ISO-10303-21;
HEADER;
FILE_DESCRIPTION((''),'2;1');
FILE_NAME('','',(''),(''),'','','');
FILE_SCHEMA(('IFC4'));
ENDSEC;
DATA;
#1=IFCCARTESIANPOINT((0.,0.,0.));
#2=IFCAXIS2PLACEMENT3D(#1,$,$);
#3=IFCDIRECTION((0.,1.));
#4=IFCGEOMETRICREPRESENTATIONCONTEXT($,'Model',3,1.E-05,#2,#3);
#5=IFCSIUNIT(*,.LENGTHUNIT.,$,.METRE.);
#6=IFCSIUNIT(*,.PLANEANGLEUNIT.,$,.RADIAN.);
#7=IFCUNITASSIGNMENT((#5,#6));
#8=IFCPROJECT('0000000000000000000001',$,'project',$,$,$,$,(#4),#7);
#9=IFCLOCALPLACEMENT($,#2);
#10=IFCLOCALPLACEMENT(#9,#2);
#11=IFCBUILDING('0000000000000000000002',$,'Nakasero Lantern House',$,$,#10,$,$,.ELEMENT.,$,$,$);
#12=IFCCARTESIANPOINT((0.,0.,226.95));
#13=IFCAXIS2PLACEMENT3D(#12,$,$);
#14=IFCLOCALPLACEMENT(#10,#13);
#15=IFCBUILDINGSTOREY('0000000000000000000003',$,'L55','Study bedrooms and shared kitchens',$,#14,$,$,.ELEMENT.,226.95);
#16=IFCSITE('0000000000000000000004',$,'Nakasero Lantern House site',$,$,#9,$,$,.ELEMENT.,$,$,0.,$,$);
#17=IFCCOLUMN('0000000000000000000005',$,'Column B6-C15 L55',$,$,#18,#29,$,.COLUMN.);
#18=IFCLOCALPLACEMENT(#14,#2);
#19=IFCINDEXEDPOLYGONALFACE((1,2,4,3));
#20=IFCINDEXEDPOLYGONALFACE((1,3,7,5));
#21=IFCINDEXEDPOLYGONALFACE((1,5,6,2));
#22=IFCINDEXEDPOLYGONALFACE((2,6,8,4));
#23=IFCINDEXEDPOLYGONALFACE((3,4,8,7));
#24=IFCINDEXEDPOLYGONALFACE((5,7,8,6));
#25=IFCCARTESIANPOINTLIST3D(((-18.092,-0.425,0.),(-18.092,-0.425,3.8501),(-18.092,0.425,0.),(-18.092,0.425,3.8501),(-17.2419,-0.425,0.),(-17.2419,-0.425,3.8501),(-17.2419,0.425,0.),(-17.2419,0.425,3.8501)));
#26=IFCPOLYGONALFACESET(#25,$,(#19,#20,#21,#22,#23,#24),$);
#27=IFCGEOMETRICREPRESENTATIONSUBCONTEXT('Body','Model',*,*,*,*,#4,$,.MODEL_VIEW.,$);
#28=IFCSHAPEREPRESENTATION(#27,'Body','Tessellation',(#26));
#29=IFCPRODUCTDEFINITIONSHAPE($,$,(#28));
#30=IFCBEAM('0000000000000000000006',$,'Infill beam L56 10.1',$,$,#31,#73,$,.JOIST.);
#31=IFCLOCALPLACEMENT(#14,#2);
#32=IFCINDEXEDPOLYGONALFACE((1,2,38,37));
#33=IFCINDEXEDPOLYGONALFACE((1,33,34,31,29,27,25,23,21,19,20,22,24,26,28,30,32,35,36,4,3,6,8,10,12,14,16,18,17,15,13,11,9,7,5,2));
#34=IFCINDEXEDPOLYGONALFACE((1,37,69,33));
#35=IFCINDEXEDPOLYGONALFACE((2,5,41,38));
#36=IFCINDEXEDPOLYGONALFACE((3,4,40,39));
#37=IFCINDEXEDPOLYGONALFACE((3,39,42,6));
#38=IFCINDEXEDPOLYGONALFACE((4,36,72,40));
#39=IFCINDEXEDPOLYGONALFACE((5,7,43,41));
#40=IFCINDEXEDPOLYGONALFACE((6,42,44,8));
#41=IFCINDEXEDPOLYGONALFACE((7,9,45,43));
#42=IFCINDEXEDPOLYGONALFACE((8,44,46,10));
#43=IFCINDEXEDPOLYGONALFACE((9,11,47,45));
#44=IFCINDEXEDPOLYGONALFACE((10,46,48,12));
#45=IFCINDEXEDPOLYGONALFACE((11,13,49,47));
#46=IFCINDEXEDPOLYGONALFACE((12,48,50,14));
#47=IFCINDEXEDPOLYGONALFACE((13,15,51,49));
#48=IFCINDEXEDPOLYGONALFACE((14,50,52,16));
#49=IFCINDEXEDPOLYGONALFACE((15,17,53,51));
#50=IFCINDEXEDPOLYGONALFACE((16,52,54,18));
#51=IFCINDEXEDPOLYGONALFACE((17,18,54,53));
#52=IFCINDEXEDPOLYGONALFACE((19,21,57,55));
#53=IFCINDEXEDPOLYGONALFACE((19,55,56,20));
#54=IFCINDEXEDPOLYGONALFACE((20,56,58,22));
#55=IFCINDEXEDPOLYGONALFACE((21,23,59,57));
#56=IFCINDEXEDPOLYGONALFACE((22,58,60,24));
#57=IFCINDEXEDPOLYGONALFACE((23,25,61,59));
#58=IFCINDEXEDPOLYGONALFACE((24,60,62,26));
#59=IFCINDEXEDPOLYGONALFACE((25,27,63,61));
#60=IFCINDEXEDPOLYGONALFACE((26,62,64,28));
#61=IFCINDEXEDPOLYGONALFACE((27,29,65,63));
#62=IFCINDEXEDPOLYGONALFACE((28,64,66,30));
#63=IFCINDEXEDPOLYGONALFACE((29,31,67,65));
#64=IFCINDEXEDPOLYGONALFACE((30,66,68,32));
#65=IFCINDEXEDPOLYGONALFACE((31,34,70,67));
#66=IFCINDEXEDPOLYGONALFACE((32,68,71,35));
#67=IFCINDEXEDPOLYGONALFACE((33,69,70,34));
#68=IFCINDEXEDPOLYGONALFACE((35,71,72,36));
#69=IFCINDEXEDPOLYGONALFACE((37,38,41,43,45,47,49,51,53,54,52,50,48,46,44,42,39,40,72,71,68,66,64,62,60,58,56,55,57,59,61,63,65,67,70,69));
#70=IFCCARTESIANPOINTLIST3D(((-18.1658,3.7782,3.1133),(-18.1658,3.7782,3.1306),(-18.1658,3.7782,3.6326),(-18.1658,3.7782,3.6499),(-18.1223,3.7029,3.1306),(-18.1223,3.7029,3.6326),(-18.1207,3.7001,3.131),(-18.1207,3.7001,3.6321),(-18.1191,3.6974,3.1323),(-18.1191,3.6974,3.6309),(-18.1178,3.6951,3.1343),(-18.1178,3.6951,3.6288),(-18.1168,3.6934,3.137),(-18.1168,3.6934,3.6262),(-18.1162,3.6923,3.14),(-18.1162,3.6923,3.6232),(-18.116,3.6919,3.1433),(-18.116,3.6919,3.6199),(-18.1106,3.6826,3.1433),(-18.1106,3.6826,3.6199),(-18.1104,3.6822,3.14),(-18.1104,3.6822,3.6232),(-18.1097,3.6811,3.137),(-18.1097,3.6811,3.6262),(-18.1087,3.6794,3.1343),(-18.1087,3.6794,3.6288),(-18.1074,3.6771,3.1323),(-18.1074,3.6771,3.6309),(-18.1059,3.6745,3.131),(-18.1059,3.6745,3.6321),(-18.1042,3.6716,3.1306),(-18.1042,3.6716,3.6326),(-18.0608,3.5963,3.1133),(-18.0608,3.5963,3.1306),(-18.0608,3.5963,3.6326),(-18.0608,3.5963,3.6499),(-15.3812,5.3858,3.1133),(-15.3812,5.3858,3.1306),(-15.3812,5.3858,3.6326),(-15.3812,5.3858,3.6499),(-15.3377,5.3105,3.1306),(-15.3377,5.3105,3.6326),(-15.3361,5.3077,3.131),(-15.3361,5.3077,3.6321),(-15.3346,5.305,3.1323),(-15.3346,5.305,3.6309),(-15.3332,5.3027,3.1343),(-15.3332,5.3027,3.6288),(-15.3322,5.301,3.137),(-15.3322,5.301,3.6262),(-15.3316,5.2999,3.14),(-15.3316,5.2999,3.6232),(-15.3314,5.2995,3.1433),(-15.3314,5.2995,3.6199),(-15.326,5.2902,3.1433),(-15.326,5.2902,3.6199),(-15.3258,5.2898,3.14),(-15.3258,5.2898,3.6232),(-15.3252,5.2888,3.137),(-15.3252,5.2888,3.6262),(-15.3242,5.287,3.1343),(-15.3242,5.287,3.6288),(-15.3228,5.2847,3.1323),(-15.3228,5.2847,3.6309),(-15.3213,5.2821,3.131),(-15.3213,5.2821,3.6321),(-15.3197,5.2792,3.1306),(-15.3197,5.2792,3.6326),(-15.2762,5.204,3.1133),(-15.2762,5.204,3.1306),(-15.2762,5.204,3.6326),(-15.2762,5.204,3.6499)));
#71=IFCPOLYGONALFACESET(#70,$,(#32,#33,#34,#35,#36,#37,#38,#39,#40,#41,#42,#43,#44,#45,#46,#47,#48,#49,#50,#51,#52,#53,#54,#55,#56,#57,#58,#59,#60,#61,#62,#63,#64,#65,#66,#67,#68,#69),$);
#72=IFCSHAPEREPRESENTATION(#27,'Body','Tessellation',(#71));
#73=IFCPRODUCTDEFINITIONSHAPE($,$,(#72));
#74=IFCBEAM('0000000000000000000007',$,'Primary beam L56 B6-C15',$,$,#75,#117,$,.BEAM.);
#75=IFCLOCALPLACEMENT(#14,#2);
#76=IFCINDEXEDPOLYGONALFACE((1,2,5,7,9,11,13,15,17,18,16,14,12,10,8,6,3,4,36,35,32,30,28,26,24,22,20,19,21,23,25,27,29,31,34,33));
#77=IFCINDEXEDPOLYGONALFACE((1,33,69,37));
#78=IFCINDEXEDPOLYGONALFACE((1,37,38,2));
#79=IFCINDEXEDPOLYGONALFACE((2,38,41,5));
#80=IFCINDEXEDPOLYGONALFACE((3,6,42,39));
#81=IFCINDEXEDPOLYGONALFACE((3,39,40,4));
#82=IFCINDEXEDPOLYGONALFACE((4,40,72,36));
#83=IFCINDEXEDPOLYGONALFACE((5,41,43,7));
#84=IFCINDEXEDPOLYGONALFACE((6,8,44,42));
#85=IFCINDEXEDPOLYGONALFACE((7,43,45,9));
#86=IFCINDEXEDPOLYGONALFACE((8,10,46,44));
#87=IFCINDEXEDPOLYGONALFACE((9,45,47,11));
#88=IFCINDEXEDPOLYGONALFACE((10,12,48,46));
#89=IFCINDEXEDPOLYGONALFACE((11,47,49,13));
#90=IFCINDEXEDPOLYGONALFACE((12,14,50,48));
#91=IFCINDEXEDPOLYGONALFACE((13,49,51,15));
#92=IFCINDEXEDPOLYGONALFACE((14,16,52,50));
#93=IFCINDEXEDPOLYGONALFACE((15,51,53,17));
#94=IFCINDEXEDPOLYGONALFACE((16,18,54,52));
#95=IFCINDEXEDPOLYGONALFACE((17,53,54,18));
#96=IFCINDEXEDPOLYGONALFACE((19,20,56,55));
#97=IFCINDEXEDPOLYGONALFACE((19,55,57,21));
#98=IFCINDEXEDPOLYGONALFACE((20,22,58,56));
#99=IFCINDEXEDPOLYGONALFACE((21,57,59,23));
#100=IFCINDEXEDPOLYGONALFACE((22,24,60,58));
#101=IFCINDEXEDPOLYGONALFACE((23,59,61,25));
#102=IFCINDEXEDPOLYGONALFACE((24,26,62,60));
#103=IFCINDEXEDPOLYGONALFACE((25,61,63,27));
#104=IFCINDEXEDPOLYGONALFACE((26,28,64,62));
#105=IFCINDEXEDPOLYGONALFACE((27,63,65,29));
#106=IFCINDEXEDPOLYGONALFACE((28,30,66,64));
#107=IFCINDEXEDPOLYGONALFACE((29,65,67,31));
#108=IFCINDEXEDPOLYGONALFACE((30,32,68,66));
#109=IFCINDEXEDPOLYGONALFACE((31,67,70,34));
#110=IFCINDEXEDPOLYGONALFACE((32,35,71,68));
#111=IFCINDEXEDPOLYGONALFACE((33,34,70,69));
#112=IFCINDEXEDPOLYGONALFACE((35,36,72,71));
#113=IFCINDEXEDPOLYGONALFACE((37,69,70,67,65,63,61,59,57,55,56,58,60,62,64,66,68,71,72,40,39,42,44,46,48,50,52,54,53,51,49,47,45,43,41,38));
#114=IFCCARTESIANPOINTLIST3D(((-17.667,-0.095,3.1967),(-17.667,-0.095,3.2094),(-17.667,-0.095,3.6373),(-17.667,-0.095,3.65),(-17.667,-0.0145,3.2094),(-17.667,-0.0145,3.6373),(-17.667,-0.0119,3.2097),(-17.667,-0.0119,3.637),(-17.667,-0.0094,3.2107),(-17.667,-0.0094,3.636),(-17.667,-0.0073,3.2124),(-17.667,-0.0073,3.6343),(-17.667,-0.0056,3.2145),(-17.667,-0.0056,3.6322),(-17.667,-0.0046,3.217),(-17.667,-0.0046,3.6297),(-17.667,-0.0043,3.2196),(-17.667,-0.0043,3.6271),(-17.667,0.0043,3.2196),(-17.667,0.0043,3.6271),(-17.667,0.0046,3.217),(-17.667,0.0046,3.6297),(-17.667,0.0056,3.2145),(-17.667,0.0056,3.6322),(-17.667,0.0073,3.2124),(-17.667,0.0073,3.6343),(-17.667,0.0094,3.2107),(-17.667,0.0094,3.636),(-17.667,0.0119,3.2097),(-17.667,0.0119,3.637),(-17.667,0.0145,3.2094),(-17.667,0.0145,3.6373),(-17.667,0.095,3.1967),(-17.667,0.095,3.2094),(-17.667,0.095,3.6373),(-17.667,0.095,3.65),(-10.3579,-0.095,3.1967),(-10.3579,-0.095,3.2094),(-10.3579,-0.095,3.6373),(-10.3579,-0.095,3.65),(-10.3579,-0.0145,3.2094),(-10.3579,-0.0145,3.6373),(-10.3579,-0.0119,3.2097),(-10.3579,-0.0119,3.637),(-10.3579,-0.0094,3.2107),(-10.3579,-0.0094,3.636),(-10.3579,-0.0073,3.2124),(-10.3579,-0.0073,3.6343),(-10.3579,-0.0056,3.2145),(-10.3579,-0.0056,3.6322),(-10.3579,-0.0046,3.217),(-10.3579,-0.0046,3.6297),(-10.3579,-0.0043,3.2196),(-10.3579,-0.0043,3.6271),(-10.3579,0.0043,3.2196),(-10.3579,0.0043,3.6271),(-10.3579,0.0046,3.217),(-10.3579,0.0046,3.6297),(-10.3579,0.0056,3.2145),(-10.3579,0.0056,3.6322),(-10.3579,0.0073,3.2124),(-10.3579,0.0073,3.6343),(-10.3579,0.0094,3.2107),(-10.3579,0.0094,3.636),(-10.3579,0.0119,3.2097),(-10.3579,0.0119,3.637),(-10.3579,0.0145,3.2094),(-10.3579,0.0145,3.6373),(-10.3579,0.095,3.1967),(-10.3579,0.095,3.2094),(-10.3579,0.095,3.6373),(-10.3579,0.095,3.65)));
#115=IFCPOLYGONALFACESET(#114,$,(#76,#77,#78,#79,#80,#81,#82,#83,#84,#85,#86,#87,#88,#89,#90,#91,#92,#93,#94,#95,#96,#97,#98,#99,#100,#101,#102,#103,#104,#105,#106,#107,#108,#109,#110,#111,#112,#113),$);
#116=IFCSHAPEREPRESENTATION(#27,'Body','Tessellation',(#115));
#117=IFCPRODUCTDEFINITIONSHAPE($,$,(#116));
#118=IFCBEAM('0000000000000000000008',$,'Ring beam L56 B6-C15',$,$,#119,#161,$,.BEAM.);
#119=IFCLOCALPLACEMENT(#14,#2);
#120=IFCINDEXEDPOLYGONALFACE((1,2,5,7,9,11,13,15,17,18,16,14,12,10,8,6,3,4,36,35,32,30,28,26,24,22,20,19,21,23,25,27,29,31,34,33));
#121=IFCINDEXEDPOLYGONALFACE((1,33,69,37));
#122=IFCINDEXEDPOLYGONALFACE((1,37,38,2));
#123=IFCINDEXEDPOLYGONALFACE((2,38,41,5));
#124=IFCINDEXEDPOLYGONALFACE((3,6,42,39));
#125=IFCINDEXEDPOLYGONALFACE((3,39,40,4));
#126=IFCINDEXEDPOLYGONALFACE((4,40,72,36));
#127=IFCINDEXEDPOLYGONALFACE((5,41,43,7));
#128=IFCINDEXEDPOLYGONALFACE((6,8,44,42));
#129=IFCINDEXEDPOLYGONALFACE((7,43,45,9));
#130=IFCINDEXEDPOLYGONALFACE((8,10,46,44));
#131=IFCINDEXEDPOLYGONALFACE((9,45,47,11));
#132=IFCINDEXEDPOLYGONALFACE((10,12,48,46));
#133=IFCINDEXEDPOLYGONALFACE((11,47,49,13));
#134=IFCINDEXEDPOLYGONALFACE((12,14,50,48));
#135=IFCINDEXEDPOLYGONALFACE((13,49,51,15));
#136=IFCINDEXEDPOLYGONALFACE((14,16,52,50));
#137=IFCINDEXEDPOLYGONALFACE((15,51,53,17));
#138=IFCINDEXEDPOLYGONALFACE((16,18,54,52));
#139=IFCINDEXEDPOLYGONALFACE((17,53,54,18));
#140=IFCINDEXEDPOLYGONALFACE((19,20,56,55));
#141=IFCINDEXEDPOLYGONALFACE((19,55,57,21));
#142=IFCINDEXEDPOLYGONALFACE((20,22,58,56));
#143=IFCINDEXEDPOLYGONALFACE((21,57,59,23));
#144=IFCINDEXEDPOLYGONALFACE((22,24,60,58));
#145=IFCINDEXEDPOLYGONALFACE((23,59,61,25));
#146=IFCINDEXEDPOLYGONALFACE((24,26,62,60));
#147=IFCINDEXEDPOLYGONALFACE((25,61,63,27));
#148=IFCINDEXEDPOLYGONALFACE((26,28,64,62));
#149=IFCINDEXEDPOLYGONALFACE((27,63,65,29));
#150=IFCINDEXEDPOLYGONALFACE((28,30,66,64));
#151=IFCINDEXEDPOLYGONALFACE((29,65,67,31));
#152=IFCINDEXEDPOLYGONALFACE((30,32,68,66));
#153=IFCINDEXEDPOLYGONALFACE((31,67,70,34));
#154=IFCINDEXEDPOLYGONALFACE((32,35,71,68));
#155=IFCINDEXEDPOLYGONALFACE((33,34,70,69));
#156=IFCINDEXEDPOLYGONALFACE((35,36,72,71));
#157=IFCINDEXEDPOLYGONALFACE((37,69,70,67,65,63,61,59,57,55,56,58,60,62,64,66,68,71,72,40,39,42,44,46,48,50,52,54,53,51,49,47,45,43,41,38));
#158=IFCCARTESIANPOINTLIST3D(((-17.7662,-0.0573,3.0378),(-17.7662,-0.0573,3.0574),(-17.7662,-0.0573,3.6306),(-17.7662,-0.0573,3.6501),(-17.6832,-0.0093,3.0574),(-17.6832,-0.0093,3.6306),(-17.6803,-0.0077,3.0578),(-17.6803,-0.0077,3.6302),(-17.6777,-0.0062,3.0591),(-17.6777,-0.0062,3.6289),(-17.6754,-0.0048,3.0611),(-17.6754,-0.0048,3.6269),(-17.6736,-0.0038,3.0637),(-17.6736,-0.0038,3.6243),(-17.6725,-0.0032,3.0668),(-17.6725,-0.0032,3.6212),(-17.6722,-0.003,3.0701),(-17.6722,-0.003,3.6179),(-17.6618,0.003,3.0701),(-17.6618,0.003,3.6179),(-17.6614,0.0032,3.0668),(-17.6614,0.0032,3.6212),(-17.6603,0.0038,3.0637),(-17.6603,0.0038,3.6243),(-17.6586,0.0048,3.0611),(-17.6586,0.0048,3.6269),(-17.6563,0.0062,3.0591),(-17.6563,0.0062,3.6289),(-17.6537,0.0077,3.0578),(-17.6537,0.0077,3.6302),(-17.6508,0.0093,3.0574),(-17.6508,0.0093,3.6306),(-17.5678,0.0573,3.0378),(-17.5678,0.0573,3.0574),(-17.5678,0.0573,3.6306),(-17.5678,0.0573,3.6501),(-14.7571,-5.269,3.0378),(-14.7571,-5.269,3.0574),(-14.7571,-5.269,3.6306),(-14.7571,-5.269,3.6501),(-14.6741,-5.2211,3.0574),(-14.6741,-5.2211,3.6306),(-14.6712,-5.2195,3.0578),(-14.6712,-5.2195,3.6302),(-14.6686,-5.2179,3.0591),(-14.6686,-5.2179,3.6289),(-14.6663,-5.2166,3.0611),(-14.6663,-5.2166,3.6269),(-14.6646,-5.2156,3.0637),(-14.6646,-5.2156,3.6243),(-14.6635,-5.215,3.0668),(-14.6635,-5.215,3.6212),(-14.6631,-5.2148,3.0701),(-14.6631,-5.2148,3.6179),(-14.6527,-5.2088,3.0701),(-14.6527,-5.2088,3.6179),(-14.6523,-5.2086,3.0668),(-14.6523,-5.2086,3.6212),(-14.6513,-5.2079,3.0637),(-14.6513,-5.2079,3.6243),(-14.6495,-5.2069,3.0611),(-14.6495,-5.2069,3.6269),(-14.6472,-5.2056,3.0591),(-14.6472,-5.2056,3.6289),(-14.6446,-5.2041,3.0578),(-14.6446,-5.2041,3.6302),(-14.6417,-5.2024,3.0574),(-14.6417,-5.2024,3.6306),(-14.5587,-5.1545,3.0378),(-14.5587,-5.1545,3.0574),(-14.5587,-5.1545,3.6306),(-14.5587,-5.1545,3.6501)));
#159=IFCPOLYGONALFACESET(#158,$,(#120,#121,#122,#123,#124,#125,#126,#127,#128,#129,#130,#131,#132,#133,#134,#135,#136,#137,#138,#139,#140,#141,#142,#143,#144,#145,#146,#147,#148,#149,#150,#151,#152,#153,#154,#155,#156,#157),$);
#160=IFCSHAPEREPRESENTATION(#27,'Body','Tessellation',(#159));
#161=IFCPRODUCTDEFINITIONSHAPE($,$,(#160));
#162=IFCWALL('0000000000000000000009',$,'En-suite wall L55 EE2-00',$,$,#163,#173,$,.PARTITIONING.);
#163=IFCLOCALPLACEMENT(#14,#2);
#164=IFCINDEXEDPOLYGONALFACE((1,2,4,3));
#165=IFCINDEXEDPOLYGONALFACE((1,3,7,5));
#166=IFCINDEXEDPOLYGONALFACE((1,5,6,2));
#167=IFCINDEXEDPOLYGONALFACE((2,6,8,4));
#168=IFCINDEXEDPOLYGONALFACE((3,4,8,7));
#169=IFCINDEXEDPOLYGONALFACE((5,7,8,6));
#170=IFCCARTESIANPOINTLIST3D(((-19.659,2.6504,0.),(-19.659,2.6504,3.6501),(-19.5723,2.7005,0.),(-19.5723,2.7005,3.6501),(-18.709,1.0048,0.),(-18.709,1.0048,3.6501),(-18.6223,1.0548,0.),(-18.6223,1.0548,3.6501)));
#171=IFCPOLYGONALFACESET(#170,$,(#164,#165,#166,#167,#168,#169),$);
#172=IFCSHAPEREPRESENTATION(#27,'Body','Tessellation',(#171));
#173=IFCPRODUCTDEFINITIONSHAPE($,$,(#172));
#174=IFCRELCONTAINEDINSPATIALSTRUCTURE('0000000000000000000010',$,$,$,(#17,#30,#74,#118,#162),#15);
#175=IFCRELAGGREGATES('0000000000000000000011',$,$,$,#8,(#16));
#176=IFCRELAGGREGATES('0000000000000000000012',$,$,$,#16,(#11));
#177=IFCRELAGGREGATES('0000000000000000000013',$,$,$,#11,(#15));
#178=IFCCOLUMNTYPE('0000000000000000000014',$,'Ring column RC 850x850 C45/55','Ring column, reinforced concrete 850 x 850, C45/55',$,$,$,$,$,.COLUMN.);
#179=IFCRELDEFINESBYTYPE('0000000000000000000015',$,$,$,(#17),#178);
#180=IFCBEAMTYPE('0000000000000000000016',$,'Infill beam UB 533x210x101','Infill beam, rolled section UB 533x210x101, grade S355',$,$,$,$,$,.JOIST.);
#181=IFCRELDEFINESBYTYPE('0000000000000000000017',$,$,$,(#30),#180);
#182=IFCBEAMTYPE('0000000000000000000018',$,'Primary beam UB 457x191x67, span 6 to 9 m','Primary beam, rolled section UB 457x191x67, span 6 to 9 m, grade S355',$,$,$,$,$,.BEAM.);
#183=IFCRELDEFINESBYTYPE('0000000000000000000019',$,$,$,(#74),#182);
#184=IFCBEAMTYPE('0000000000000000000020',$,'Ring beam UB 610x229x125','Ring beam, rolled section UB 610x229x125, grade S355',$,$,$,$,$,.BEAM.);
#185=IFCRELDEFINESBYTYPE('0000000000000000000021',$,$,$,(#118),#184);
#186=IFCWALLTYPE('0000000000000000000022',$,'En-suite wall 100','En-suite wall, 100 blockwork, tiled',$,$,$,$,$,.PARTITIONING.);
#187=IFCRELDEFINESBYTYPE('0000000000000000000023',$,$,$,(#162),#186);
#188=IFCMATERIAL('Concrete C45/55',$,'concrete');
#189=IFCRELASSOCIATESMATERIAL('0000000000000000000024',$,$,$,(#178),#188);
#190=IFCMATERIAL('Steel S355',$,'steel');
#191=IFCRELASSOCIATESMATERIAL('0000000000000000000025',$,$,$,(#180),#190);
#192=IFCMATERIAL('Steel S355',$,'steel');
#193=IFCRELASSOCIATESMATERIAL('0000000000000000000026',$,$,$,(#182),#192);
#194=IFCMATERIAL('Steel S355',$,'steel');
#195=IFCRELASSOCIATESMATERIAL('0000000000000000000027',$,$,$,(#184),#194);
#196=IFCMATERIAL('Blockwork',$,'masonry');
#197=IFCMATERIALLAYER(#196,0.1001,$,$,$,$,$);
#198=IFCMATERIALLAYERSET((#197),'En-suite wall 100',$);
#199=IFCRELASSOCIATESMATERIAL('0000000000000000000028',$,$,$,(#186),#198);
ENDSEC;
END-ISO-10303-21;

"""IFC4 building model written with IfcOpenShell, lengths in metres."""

from ifc_helpers import new_model, si_unit, direction, frame, frame_2d, origin, origin_2d, place, context, subcontext, project, spatial, rectangle, i_section, extrude, material, layer, layer_set, material_profile, profile_set, type_object, element, save


model = new_model("IFC4")

# Units and contexts
model_context = context("Model", 3, precision=1e-05, world=origin(), true_north=direction((0.0, 1.0)))
body_context = subcontext(model_context, "Body", "Model", "MODEL_VIEW")
ifc_project = project(units=[si_unit("LENGTHUNIT", "METRE"), si_unit("PLANEANGLEUNIT", "RADIAN")], contexts=[model_context])

# Site, building, storey
site_placement = place(None, origin())
site = spatial("IfcSite", under=ifc_project, at=site_placement, Name="Nakasero Lantern House site", CompositionType="ELEMENT", RefElevation=0.0)
building_placement = place(site_placement, origin())
building = spatial("IfcBuilding", under=site, at=building_placement, Name="Nakasero Lantern House", CompositionType="ELEMENT")
storey_placement = place(building_placement, frame((0.0, 0.0, 226.95)))
storey = spatial("IfcBuildingStorey", under=building, at=storey_placement, Name="L55", Description="Study bedrooms and shared kitchens", CompositionType="ELEMENT", Elevation=226.95)

# Column
ifc_material_1 = material(Name="Concrete C45/55", Category="concrete")
ifc_material_profile_1 = material_profile(ifc_material_1, rectangle(XDim=0.8501, YDim=0.8501, at=origin_2d()), Name="RC 850x850")
ifc_profile_set_1 = profile_set([ifc_material_profile_1], Name="Concrete C45/55")
column_type = type_object("IfcColumnType", Name="Ring column RC 850x850 C45/55", Description="Ring column, reinforced concrete 850 x 850, C45/55", PredefinedType="COLUMN", material=ifc_profile_set_1)
column_placement = place(storey_placement, frame((-17.667, 0.0, 0.0), z_axis=(0.0, 0.0, 1.0), x_axis=(1.0, 0.0, 0.0)))
element("IfcColumn", 1, at=column_placement, inside=storey, type_object=column_type, Name="Column B6-C15 L55", PredefinedType="COLUMN", context=body_context, shape_type="SweptSolid", body=[
    extrude(rectangle(XDim=0.8501, YDim=0.8501, at=origin_2d()), origin(), (0.0, 0.0, 1.0), 3.8501),
])

# Beams
ifc_material_2 = material(Name="Steel S355", Category="steel")
ifc_material_profile_2 = material_profile(ifc_material_2, i_section(OverallWidth=0.21, OverallDepth=0.5366, WebThickness=0.0107, FlangeThickness=0.0173, FilletRadius=0.0127, at=origin_2d()), Name="UB 533x210x101")
ifc_profile_set_2 = profile_set([ifc_material_profile_2], Name="Steel S355")
beam_type_1 = type_object("IfcBeamType", Name="Infill beam UB 533x210x101", Description="Infill beam, rolled section UB 533x210x101, grade S355", PredefinedType="JOIST", material=ifc_profile_set_2)
beam_1_placement = place(storey_placement, frame((-18.1133, 3.6873, 3.3816), z_axis=(0.866034, 0.499985, 0.0), x_axis=(-0.499985, 0.866034, 0.0)))
element("IfcBeam", 2, at=beam_1_placement, inside=storey, type_object=beam_type_1, Name="Infill beam L56 10.1", PredefinedType="JOIST", context=body_context, shape_type="SweptSolid", body=[
    extrude(i_section(OverallWidth=0.21, OverallDepth=0.5366, WebThickness=0.0107, FlangeThickness=0.0173, FilletRadius=0.0127, at=origin_2d()), origin(), (0.0, 0.0, 1.0), 3.2153),
])
ifc_material_3 = material(Name="Steel S355", Category="steel")
ifc_material_profile_3 = material_profile(ifc_material_3, i_section(OverallWidth=0.1899, OverallDepth=0.4534, WebThickness=0.0085, FlangeThickness=0.0127, FilletRadius=0.0103, at=origin_2d()), Name="UB 457x191x67")
ifc_profile_set_3 = profile_set([ifc_material_profile_3], Name="Steel S355")
beam_type_2 = type_object("IfcBeamType", Name="Primary beam UB 457x191x67, span 6 to 9 m", Description="Primary beam, rolled section UB 457x191x67, span 6 to 9 m, grade S355", PredefinedType="BEAM", material=ifc_profile_set_3)
beam_2_placement = place(storey_placement, frame((-17.667, 0.0, 3.4233), z_axis=(1.0, 0.0, 0.0), x_axis=(0.0, 1.0, 0.0)))
element("IfcBeam", 3, at=beam_2_placement, inside=storey, type_object=beam_type_2, Name="Primary beam L56 B6-C15", PredefinedType="BEAM", context=body_context, shape_type="SweptSolid", body=[
    extrude(i_section(OverallWidth=0.1899, OverallDepth=0.4534, WebThickness=0.0085, FlangeThickness=0.0127, FilletRadius=0.0103, at=origin_2d()), origin(), (0.0, 0.0, 1.0), 7.3091),
])
ifc_material_4 = material(Name="Steel S355", Category="steel")
ifc_material_profile_4 = material_profile(ifc_material_4, i_section(OverallWidth=0.229, OverallDepth=0.6123, WebThickness=0.012, FlangeThickness=0.0195, FilletRadius=0.0127, at=origin_2d()), Name="UB 610x229x125")
ifc_profile_set_4 = profile_set([ifc_material_profile_4], Name="Steel S355")
beam_type_3 = type_object("IfcBeamType", Name="Ring beam UB 610x229x125", Description="Ring beam, rolled section UB 610x229x125, grade S355", PredefinedType="BEAM", material=ifc_profile_set_4)
beam_3_placement = place(storey_placement, frame((-17.667, 0.0, 3.344), z_axis=(0.500009, -0.86602, 0.0), x_axis=(0.86602, 0.500009, 0.0)))
element("IfcBeam", 4, at=beam_3_placement, inside=storey, type_object=beam_type_3, Name="Ring beam L56 B6-C15", PredefinedType="BEAM", context=body_context, shape_type="SweptSolid", body=[
    extrude(i_section(OverallWidth=0.229, OverallDepth=0.6123, WebThickness=0.012, FlangeThickness=0.0195, FilletRadius=0.0127, at=origin_2d()), origin(), (0.0, 0.0, 1.0), 6.0181),
])

# Wall
ifc_material_5 = material(Name="Blockwork", Category="masonry")
ifc_layer_1 = layer(ifc_material_5, 0.1001)
ifc_layer_set_1 = layer_set([ifc_layer_1], Name="En-suite wall 100")
wall_type_1 = type_object("IfcWallType", Name="En-suite wall 100", Description="En-suite wall, 100 blockwork, tiled", PredefinedType="PARTITIONING", material=ifc_layer_set_1)
wall_1_placement = place(storey_placement, frame((-19.6157, 2.6755, 0.0), z_axis=(0.0, 0.0, 1.0), x_axis=(0.499967, -0.866044, 0.0)))
element("IfcWall", 5, at=wall_1_placement, inside=storey, type_object=wall_type_1, Name="En-suite wall L55 EE2-00", PredefinedType="PARTITIONING", context=body_context, shape_type="SweptSolid", body=[
    extrude(rectangle(XDim=1.9001, YDim=0.1001, at=frame_2d((0.9502, 0.0))), origin(), (0.0, 0.0, 1.0), 3.6501),
])

save(model, "model.ifc")
